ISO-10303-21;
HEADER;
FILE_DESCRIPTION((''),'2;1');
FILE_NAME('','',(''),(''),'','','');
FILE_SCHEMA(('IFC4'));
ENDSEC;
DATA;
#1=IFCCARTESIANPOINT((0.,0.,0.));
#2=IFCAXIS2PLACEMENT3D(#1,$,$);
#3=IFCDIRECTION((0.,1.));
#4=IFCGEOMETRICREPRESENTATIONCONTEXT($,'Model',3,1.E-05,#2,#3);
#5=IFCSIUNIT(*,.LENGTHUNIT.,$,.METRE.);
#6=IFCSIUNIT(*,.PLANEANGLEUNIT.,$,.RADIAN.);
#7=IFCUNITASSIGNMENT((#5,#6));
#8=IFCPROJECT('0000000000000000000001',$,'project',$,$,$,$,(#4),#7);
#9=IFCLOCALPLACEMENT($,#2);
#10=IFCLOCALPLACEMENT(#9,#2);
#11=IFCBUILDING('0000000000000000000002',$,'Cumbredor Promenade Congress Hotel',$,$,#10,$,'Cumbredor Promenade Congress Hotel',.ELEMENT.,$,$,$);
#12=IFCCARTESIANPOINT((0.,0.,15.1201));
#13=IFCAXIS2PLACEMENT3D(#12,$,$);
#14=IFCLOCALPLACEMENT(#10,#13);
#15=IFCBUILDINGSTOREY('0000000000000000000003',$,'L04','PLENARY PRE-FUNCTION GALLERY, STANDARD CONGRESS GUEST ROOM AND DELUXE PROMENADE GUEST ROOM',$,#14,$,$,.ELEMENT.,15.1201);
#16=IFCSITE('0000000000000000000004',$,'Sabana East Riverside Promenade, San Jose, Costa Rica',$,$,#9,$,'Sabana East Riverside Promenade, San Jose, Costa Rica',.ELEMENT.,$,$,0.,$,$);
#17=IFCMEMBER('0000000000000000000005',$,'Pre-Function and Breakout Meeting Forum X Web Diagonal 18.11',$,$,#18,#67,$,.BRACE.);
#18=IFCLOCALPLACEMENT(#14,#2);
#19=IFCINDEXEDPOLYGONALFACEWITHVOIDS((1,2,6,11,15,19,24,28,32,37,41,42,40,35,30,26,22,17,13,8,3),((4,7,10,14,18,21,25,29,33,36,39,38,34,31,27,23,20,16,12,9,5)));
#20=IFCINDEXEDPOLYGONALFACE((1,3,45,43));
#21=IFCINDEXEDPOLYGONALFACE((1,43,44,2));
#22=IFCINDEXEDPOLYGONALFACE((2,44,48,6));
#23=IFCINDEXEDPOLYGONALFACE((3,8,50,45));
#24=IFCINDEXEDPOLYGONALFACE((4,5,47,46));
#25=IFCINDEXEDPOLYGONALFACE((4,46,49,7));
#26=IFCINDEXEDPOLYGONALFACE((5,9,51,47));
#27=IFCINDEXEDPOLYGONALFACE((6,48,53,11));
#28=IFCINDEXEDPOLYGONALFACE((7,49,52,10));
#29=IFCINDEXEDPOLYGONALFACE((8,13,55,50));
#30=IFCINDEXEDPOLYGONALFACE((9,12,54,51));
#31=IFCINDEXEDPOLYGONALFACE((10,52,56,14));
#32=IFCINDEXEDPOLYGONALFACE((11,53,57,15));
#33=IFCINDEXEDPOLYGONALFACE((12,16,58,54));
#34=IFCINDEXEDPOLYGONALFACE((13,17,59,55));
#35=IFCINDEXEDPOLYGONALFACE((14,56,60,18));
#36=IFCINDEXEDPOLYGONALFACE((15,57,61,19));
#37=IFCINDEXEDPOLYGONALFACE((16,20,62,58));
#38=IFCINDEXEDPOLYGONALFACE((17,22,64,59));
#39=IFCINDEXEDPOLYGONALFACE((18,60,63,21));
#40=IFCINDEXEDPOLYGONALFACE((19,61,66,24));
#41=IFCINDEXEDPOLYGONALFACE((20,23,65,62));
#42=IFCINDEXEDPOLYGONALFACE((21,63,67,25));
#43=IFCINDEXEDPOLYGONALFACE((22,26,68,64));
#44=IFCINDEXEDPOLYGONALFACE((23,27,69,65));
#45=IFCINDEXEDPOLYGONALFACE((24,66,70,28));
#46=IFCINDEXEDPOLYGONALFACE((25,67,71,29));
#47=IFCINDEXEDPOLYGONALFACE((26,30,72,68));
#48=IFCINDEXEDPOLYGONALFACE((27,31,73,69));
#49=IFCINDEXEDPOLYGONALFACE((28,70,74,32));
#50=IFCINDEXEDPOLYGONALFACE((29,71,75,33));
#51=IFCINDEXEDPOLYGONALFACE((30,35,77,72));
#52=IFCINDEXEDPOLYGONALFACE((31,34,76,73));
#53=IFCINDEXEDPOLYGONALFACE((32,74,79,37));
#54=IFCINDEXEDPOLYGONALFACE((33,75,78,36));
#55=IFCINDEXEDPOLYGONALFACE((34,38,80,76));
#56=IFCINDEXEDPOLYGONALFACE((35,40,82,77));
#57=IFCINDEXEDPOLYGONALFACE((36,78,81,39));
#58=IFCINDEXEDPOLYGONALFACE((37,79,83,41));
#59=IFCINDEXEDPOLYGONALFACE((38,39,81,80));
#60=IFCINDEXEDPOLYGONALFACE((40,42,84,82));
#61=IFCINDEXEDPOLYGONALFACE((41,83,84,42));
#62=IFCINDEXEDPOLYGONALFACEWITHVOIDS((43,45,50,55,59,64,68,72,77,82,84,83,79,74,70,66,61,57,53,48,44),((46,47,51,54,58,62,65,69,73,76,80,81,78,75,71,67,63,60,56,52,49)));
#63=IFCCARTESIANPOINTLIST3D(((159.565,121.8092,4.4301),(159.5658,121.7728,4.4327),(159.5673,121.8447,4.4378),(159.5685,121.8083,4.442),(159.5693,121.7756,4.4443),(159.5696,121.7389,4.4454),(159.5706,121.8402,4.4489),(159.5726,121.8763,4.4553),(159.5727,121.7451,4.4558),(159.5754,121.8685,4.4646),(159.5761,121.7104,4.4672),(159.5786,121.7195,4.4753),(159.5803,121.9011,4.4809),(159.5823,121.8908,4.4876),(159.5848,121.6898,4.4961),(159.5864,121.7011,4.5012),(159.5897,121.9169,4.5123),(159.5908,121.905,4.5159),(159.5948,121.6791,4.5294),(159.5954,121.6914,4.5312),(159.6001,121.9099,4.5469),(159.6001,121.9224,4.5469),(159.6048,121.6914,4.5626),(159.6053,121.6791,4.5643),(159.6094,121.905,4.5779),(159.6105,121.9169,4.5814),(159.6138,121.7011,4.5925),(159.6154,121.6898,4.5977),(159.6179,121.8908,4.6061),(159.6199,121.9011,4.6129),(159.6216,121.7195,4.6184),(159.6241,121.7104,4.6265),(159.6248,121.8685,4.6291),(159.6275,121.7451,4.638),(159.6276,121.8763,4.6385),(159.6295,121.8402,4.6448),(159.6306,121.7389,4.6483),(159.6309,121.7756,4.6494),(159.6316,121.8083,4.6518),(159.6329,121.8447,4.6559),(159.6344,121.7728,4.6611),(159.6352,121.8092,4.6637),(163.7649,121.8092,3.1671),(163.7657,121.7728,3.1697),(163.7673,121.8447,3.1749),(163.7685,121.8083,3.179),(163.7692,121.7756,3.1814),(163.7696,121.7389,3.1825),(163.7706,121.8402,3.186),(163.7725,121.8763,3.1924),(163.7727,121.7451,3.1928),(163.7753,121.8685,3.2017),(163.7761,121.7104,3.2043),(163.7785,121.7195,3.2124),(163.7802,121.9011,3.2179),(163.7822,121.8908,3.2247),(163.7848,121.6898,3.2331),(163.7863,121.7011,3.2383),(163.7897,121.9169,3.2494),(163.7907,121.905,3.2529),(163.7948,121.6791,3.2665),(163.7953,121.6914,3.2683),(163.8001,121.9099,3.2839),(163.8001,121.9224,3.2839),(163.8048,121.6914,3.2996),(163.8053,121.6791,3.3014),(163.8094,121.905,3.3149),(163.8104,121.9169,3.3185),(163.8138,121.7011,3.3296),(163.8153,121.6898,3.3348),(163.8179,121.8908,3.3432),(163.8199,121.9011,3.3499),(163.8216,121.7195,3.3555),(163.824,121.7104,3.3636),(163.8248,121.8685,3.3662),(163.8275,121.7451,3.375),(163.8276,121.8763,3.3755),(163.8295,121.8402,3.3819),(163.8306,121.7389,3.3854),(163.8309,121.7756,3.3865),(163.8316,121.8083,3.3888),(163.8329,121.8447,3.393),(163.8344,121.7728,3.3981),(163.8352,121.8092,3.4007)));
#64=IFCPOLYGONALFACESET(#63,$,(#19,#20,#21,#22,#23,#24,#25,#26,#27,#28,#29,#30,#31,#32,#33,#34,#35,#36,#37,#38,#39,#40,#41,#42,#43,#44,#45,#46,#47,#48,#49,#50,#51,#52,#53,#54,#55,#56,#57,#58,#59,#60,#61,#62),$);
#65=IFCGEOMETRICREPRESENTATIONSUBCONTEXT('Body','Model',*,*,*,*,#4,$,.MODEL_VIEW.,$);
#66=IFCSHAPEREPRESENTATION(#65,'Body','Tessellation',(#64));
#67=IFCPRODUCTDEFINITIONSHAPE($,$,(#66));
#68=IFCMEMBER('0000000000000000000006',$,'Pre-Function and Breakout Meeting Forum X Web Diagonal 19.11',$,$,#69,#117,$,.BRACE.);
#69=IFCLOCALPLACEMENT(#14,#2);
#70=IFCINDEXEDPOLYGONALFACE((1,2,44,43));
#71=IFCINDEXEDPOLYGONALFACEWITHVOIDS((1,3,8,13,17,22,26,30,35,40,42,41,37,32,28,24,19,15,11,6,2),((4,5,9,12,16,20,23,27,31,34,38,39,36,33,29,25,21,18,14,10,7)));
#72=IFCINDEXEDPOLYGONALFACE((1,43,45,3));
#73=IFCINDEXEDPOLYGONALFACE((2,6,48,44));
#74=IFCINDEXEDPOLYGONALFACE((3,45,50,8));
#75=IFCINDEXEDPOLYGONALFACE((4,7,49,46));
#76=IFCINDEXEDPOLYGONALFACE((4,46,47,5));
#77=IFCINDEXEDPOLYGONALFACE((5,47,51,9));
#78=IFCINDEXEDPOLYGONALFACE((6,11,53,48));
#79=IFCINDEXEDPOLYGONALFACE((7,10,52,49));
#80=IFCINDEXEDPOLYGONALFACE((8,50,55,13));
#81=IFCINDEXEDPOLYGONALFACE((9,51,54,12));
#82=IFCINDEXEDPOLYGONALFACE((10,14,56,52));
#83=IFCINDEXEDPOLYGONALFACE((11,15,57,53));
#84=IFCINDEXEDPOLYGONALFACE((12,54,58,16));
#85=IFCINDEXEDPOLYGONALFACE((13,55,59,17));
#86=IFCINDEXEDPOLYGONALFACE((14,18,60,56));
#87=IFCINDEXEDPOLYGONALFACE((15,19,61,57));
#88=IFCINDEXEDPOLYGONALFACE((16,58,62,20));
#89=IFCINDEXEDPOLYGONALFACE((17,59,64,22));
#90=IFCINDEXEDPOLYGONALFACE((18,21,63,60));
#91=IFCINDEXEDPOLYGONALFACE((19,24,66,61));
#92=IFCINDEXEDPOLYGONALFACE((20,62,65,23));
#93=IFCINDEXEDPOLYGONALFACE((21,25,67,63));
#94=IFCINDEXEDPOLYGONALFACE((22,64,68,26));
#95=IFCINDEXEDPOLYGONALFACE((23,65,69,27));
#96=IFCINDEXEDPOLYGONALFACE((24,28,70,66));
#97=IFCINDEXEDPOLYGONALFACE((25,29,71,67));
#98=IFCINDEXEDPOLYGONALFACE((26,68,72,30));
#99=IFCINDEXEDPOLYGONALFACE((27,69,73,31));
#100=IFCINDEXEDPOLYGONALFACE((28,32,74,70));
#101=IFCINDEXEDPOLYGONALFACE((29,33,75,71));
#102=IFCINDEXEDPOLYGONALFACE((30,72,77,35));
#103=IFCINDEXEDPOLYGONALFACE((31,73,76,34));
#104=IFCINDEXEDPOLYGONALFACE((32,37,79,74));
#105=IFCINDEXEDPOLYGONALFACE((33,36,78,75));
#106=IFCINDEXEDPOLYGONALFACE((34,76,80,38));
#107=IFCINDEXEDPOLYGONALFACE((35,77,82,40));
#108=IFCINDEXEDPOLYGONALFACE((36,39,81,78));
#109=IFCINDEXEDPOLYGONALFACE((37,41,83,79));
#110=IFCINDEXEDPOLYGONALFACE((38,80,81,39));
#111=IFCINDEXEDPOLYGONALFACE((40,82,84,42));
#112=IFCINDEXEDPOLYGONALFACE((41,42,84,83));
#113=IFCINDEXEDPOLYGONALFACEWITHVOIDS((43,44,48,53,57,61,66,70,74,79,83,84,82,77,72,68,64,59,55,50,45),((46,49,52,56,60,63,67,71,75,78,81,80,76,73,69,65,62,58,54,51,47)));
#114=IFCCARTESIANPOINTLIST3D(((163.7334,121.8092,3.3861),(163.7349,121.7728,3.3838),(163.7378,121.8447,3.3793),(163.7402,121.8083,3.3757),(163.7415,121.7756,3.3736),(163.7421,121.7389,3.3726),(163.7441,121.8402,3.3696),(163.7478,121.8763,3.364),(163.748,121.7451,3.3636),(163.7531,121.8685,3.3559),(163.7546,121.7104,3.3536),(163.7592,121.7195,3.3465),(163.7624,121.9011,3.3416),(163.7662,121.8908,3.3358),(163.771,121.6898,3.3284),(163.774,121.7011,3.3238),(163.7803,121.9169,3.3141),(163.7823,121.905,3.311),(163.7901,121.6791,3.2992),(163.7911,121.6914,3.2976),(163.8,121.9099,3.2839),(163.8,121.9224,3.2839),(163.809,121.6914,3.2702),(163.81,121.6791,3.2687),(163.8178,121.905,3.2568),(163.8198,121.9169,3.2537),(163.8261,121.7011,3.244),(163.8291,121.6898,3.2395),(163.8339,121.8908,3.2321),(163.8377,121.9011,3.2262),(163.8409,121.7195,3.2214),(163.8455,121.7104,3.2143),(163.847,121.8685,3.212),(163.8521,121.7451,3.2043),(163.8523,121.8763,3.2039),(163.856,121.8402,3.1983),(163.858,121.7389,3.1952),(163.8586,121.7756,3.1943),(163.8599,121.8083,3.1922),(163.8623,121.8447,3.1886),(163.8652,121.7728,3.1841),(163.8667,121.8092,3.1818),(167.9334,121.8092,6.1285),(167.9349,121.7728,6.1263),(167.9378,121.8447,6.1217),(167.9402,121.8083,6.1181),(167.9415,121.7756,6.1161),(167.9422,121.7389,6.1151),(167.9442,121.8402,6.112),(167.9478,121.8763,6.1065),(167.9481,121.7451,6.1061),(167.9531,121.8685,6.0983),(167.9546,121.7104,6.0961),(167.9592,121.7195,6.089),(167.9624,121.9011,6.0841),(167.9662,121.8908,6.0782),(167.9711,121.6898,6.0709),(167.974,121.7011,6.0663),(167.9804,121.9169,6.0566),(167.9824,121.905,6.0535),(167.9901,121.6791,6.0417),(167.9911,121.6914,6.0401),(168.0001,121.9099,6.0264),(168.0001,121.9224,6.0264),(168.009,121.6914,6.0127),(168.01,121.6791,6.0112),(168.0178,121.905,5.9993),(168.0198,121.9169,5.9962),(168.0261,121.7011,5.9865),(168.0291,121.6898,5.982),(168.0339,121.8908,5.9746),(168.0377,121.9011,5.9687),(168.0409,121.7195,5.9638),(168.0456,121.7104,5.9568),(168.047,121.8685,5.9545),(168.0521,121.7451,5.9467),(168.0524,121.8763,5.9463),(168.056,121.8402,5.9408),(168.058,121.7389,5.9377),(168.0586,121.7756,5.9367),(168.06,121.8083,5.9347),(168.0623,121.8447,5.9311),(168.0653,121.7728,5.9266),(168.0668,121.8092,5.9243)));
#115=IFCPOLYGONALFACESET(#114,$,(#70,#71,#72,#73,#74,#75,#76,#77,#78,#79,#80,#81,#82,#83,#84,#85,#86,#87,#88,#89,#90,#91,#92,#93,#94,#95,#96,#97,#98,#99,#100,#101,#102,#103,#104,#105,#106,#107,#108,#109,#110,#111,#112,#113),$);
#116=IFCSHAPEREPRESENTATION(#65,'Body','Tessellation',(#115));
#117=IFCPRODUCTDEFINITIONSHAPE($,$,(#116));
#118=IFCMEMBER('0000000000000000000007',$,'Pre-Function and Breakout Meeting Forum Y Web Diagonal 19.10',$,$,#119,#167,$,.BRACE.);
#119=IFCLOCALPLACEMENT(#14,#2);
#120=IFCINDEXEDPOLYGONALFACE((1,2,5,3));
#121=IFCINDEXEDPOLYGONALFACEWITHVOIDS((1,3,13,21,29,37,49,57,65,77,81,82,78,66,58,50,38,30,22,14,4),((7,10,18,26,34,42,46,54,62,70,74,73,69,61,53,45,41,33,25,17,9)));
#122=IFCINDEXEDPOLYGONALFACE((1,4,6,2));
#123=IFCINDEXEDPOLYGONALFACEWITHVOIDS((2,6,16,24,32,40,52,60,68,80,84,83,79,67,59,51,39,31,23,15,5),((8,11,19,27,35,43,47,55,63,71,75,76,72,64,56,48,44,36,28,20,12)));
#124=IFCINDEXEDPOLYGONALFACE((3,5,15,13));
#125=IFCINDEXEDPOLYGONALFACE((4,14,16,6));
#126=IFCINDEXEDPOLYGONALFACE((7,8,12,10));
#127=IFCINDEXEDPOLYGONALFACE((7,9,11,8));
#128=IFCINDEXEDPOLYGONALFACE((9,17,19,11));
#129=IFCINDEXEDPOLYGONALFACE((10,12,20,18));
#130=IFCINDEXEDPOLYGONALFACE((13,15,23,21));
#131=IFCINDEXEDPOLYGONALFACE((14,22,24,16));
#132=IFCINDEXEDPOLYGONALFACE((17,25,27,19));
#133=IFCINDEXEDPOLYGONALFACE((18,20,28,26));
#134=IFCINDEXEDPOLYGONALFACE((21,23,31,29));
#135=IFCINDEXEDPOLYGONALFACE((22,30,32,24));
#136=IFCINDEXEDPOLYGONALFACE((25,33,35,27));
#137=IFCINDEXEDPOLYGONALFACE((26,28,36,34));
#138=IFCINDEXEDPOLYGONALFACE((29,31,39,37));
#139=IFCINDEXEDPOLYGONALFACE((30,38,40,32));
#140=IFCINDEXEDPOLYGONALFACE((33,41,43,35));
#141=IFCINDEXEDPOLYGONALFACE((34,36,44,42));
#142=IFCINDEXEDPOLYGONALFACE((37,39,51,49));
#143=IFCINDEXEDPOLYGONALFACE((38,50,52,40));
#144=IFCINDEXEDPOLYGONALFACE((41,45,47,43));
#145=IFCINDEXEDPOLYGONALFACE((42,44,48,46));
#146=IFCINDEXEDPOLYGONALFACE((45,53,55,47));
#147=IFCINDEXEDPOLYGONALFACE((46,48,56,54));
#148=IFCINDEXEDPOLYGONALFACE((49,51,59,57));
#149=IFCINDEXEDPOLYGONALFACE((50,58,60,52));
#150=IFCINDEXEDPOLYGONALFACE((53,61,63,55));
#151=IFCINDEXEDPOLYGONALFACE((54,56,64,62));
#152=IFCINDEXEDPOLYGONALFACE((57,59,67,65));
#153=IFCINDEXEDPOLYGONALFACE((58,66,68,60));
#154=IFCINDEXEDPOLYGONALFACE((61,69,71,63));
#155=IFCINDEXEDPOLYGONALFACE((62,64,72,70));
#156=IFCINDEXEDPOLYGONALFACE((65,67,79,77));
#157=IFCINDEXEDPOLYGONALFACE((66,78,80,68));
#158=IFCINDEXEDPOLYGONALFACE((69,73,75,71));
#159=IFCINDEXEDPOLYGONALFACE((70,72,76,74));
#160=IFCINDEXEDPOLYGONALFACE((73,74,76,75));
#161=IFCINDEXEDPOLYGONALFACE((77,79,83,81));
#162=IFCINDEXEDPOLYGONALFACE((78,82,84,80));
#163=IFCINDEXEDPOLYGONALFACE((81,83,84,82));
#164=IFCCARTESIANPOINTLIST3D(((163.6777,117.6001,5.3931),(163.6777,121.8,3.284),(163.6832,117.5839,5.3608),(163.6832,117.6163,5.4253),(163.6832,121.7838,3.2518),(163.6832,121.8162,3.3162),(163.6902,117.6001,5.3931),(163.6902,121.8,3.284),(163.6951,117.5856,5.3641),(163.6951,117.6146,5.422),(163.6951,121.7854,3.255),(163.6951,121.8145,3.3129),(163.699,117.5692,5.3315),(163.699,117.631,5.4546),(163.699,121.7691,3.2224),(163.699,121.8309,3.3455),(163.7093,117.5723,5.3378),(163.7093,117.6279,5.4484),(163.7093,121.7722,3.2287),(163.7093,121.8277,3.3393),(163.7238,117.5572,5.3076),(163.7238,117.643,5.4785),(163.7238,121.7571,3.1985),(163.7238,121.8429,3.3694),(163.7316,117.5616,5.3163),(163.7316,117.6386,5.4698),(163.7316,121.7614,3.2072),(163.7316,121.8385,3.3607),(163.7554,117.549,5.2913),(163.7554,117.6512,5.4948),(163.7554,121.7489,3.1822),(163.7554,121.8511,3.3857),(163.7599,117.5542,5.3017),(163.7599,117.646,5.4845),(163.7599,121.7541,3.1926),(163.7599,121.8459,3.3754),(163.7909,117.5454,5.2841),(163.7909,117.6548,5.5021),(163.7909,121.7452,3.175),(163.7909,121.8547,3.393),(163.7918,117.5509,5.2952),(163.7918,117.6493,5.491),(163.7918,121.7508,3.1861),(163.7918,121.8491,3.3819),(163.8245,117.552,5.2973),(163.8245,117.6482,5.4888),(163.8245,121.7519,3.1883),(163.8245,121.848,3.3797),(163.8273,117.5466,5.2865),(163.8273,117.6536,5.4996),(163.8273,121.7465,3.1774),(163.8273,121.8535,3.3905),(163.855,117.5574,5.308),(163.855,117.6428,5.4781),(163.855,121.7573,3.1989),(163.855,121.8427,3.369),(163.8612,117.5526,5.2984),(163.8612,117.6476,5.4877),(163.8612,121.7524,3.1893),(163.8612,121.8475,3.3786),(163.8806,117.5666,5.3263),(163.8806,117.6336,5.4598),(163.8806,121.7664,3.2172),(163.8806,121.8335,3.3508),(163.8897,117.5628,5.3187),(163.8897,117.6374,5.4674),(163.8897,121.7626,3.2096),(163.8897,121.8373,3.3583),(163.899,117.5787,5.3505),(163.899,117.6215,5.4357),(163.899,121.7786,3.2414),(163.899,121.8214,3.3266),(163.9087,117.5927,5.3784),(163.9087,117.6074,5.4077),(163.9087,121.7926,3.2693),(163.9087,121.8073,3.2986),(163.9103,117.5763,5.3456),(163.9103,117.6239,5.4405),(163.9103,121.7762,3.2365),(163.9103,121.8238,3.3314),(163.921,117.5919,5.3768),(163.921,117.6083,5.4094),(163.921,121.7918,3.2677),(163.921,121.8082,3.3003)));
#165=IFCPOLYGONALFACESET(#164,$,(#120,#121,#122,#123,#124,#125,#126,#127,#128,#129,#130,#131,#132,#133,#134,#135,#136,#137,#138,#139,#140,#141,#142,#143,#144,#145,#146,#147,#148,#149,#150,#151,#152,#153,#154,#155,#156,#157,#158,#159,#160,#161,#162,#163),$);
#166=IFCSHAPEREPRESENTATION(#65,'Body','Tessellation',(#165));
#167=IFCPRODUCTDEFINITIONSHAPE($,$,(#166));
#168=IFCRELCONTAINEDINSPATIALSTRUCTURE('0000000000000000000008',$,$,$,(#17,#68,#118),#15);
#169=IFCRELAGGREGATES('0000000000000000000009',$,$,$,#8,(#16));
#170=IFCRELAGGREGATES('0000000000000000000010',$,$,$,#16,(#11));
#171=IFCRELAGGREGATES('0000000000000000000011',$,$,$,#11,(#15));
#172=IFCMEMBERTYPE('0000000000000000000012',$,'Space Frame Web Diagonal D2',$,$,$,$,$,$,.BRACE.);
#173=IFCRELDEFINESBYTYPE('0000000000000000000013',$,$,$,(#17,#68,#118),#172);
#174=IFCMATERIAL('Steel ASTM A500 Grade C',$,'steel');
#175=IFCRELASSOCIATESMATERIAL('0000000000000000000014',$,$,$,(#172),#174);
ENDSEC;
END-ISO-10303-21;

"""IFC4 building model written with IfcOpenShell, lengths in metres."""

from ifc_helpers import new_model, si_unit, direction, frame, origin, origin_2d, place, context, subcontext, project, spatial, hollow_circle, extrude, material, material_profile, profile_set, type_object, element, save


model = new_model("IFC4")

# Units and contexts
model_context = context("Model", 3, precision=1e-05, world=origin(), true_north=direction((0.0, 1.0)))
body_context = subcontext(model_context, "Body", "Model", "MODEL_VIEW")
ifc_project = project(units=[si_unit("LENGTHUNIT", "METRE"), si_unit("PLANEANGLEUNIT", "RADIAN")], contexts=[model_context])

# Site, building, storey
site_placement = place(None, origin())
site = spatial("IfcSite", under=ifc_project, at=site_placement, Name="Sabana East Riverside Promenade, San Jose, Costa Rica", LongName="Sabana East Riverside Promenade, San Jose, Costa Rica", CompositionType="ELEMENT", RefElevation=0.0)
building_placement = place(site_placement, origin())
building = spatial("IfcBuilding", under=site, at=building_placement, Name="Cumbredor Promenade Congress Hotel", LongName="Cumbredor Promenade Congress Hotel", CompositionType="ELEMENT")
storey_placement = place(building_placement, frame((0.0, 0.0, 15.1201)))
storey = spatial("IfcBuildingStorey", under=building, at=storey_placement, Name="L04", Description="PLENARY PRE-FUNCTION GALLERY, STANDARD CONGRESS GUEST ROOM AND DELUXE PROMENADE GUEST ROOM", CompositionType="ELEMENT", Elevation=15.1201)

# Members
ifc_material_1 = material(Name="Steel ASTM A500 Grade C", Category="steel")
ifc_material_profile_1 = material_profile(ifc_material_1, hollow_circle(Radius=0.1223, WallThickness=0.0125, at=origin_2d()), Name="CHS 244.5x12.5")
ifc_profile_set_1 = profile_set([ifc_material_profile_1], Name="Steel ASTM A500 Grade C")
member_type_1 = type_object("IfcMemberType", Name="Space Frame Web Diagonal D2", PredefinedType="BRACE", material=ifc_profile_set_1)
member_1_placement = place(storey_placement, frame((159.6001, 121.8, 4.5469), z_axis=(0.957641, 0.0, -0.287966), x_axis=(0.0, 1.0, 0.0)))
element("IfcMember", 1, at=member_1_placement, inside=storey, type_object=member_type_1, Name="Pre-Function and Breakout Meeting Forum X Web Diagonal 18.11", PredefinedType="BRACE", context=body_context, shape_type="SweptSolid", body=[
    extrude(hollow_circle(Radius=0.1223, WallThickness=0.0125, at=origin_2d()), origin(), (0.0, 0.0, 1.0), 4.3857),
])
member_2_placement = place(storey_placement, frame((163.8, 121.8, 3.2839), z_axis=(0.837306, 0.0, 0.546734), x_axis=(0.0, 1.0, 0.0)))
element("IfcMember", 2, at=member_2_placement, inside=storey, type_object=member_type_1, Name="Pre-Function and Breakout Meeting Forum X Web Diagonal 19.11", PredefinedType="BRACE", context=body_context, shape_type="SweptSolid", body=[
    extrude(hollow_circle(Radius=0.1223, WallThickness=0.0125, at=origin_2d()), origin(), (0.0, 0.0, 1.0), 5.0161),
])
member_3_placement = place(storey_placement, frame((163.8, 117.6001, 5.3931), z_axis=(0.0, 0.893647, -0.448771), x_axis=(-1.0, 0.0, 0.0)))
element("IfcMember", 3, at=member_3_placement, inside=storey, type_object=member_type_1, Name="Pre-Function and Breakout Meeting Forum Y Web Diagonal 19.10", PredefinedType="BRACE", context=body_context, shape_type="SweptSolid", body=[
    extrude(hollow_circle(Radius=0.1223, WallThickness=0.0125, at=origin_2d()), origin(), (0.0, 0.0, 1.0), 4.6997),
])

save(model, "model.ifc")
